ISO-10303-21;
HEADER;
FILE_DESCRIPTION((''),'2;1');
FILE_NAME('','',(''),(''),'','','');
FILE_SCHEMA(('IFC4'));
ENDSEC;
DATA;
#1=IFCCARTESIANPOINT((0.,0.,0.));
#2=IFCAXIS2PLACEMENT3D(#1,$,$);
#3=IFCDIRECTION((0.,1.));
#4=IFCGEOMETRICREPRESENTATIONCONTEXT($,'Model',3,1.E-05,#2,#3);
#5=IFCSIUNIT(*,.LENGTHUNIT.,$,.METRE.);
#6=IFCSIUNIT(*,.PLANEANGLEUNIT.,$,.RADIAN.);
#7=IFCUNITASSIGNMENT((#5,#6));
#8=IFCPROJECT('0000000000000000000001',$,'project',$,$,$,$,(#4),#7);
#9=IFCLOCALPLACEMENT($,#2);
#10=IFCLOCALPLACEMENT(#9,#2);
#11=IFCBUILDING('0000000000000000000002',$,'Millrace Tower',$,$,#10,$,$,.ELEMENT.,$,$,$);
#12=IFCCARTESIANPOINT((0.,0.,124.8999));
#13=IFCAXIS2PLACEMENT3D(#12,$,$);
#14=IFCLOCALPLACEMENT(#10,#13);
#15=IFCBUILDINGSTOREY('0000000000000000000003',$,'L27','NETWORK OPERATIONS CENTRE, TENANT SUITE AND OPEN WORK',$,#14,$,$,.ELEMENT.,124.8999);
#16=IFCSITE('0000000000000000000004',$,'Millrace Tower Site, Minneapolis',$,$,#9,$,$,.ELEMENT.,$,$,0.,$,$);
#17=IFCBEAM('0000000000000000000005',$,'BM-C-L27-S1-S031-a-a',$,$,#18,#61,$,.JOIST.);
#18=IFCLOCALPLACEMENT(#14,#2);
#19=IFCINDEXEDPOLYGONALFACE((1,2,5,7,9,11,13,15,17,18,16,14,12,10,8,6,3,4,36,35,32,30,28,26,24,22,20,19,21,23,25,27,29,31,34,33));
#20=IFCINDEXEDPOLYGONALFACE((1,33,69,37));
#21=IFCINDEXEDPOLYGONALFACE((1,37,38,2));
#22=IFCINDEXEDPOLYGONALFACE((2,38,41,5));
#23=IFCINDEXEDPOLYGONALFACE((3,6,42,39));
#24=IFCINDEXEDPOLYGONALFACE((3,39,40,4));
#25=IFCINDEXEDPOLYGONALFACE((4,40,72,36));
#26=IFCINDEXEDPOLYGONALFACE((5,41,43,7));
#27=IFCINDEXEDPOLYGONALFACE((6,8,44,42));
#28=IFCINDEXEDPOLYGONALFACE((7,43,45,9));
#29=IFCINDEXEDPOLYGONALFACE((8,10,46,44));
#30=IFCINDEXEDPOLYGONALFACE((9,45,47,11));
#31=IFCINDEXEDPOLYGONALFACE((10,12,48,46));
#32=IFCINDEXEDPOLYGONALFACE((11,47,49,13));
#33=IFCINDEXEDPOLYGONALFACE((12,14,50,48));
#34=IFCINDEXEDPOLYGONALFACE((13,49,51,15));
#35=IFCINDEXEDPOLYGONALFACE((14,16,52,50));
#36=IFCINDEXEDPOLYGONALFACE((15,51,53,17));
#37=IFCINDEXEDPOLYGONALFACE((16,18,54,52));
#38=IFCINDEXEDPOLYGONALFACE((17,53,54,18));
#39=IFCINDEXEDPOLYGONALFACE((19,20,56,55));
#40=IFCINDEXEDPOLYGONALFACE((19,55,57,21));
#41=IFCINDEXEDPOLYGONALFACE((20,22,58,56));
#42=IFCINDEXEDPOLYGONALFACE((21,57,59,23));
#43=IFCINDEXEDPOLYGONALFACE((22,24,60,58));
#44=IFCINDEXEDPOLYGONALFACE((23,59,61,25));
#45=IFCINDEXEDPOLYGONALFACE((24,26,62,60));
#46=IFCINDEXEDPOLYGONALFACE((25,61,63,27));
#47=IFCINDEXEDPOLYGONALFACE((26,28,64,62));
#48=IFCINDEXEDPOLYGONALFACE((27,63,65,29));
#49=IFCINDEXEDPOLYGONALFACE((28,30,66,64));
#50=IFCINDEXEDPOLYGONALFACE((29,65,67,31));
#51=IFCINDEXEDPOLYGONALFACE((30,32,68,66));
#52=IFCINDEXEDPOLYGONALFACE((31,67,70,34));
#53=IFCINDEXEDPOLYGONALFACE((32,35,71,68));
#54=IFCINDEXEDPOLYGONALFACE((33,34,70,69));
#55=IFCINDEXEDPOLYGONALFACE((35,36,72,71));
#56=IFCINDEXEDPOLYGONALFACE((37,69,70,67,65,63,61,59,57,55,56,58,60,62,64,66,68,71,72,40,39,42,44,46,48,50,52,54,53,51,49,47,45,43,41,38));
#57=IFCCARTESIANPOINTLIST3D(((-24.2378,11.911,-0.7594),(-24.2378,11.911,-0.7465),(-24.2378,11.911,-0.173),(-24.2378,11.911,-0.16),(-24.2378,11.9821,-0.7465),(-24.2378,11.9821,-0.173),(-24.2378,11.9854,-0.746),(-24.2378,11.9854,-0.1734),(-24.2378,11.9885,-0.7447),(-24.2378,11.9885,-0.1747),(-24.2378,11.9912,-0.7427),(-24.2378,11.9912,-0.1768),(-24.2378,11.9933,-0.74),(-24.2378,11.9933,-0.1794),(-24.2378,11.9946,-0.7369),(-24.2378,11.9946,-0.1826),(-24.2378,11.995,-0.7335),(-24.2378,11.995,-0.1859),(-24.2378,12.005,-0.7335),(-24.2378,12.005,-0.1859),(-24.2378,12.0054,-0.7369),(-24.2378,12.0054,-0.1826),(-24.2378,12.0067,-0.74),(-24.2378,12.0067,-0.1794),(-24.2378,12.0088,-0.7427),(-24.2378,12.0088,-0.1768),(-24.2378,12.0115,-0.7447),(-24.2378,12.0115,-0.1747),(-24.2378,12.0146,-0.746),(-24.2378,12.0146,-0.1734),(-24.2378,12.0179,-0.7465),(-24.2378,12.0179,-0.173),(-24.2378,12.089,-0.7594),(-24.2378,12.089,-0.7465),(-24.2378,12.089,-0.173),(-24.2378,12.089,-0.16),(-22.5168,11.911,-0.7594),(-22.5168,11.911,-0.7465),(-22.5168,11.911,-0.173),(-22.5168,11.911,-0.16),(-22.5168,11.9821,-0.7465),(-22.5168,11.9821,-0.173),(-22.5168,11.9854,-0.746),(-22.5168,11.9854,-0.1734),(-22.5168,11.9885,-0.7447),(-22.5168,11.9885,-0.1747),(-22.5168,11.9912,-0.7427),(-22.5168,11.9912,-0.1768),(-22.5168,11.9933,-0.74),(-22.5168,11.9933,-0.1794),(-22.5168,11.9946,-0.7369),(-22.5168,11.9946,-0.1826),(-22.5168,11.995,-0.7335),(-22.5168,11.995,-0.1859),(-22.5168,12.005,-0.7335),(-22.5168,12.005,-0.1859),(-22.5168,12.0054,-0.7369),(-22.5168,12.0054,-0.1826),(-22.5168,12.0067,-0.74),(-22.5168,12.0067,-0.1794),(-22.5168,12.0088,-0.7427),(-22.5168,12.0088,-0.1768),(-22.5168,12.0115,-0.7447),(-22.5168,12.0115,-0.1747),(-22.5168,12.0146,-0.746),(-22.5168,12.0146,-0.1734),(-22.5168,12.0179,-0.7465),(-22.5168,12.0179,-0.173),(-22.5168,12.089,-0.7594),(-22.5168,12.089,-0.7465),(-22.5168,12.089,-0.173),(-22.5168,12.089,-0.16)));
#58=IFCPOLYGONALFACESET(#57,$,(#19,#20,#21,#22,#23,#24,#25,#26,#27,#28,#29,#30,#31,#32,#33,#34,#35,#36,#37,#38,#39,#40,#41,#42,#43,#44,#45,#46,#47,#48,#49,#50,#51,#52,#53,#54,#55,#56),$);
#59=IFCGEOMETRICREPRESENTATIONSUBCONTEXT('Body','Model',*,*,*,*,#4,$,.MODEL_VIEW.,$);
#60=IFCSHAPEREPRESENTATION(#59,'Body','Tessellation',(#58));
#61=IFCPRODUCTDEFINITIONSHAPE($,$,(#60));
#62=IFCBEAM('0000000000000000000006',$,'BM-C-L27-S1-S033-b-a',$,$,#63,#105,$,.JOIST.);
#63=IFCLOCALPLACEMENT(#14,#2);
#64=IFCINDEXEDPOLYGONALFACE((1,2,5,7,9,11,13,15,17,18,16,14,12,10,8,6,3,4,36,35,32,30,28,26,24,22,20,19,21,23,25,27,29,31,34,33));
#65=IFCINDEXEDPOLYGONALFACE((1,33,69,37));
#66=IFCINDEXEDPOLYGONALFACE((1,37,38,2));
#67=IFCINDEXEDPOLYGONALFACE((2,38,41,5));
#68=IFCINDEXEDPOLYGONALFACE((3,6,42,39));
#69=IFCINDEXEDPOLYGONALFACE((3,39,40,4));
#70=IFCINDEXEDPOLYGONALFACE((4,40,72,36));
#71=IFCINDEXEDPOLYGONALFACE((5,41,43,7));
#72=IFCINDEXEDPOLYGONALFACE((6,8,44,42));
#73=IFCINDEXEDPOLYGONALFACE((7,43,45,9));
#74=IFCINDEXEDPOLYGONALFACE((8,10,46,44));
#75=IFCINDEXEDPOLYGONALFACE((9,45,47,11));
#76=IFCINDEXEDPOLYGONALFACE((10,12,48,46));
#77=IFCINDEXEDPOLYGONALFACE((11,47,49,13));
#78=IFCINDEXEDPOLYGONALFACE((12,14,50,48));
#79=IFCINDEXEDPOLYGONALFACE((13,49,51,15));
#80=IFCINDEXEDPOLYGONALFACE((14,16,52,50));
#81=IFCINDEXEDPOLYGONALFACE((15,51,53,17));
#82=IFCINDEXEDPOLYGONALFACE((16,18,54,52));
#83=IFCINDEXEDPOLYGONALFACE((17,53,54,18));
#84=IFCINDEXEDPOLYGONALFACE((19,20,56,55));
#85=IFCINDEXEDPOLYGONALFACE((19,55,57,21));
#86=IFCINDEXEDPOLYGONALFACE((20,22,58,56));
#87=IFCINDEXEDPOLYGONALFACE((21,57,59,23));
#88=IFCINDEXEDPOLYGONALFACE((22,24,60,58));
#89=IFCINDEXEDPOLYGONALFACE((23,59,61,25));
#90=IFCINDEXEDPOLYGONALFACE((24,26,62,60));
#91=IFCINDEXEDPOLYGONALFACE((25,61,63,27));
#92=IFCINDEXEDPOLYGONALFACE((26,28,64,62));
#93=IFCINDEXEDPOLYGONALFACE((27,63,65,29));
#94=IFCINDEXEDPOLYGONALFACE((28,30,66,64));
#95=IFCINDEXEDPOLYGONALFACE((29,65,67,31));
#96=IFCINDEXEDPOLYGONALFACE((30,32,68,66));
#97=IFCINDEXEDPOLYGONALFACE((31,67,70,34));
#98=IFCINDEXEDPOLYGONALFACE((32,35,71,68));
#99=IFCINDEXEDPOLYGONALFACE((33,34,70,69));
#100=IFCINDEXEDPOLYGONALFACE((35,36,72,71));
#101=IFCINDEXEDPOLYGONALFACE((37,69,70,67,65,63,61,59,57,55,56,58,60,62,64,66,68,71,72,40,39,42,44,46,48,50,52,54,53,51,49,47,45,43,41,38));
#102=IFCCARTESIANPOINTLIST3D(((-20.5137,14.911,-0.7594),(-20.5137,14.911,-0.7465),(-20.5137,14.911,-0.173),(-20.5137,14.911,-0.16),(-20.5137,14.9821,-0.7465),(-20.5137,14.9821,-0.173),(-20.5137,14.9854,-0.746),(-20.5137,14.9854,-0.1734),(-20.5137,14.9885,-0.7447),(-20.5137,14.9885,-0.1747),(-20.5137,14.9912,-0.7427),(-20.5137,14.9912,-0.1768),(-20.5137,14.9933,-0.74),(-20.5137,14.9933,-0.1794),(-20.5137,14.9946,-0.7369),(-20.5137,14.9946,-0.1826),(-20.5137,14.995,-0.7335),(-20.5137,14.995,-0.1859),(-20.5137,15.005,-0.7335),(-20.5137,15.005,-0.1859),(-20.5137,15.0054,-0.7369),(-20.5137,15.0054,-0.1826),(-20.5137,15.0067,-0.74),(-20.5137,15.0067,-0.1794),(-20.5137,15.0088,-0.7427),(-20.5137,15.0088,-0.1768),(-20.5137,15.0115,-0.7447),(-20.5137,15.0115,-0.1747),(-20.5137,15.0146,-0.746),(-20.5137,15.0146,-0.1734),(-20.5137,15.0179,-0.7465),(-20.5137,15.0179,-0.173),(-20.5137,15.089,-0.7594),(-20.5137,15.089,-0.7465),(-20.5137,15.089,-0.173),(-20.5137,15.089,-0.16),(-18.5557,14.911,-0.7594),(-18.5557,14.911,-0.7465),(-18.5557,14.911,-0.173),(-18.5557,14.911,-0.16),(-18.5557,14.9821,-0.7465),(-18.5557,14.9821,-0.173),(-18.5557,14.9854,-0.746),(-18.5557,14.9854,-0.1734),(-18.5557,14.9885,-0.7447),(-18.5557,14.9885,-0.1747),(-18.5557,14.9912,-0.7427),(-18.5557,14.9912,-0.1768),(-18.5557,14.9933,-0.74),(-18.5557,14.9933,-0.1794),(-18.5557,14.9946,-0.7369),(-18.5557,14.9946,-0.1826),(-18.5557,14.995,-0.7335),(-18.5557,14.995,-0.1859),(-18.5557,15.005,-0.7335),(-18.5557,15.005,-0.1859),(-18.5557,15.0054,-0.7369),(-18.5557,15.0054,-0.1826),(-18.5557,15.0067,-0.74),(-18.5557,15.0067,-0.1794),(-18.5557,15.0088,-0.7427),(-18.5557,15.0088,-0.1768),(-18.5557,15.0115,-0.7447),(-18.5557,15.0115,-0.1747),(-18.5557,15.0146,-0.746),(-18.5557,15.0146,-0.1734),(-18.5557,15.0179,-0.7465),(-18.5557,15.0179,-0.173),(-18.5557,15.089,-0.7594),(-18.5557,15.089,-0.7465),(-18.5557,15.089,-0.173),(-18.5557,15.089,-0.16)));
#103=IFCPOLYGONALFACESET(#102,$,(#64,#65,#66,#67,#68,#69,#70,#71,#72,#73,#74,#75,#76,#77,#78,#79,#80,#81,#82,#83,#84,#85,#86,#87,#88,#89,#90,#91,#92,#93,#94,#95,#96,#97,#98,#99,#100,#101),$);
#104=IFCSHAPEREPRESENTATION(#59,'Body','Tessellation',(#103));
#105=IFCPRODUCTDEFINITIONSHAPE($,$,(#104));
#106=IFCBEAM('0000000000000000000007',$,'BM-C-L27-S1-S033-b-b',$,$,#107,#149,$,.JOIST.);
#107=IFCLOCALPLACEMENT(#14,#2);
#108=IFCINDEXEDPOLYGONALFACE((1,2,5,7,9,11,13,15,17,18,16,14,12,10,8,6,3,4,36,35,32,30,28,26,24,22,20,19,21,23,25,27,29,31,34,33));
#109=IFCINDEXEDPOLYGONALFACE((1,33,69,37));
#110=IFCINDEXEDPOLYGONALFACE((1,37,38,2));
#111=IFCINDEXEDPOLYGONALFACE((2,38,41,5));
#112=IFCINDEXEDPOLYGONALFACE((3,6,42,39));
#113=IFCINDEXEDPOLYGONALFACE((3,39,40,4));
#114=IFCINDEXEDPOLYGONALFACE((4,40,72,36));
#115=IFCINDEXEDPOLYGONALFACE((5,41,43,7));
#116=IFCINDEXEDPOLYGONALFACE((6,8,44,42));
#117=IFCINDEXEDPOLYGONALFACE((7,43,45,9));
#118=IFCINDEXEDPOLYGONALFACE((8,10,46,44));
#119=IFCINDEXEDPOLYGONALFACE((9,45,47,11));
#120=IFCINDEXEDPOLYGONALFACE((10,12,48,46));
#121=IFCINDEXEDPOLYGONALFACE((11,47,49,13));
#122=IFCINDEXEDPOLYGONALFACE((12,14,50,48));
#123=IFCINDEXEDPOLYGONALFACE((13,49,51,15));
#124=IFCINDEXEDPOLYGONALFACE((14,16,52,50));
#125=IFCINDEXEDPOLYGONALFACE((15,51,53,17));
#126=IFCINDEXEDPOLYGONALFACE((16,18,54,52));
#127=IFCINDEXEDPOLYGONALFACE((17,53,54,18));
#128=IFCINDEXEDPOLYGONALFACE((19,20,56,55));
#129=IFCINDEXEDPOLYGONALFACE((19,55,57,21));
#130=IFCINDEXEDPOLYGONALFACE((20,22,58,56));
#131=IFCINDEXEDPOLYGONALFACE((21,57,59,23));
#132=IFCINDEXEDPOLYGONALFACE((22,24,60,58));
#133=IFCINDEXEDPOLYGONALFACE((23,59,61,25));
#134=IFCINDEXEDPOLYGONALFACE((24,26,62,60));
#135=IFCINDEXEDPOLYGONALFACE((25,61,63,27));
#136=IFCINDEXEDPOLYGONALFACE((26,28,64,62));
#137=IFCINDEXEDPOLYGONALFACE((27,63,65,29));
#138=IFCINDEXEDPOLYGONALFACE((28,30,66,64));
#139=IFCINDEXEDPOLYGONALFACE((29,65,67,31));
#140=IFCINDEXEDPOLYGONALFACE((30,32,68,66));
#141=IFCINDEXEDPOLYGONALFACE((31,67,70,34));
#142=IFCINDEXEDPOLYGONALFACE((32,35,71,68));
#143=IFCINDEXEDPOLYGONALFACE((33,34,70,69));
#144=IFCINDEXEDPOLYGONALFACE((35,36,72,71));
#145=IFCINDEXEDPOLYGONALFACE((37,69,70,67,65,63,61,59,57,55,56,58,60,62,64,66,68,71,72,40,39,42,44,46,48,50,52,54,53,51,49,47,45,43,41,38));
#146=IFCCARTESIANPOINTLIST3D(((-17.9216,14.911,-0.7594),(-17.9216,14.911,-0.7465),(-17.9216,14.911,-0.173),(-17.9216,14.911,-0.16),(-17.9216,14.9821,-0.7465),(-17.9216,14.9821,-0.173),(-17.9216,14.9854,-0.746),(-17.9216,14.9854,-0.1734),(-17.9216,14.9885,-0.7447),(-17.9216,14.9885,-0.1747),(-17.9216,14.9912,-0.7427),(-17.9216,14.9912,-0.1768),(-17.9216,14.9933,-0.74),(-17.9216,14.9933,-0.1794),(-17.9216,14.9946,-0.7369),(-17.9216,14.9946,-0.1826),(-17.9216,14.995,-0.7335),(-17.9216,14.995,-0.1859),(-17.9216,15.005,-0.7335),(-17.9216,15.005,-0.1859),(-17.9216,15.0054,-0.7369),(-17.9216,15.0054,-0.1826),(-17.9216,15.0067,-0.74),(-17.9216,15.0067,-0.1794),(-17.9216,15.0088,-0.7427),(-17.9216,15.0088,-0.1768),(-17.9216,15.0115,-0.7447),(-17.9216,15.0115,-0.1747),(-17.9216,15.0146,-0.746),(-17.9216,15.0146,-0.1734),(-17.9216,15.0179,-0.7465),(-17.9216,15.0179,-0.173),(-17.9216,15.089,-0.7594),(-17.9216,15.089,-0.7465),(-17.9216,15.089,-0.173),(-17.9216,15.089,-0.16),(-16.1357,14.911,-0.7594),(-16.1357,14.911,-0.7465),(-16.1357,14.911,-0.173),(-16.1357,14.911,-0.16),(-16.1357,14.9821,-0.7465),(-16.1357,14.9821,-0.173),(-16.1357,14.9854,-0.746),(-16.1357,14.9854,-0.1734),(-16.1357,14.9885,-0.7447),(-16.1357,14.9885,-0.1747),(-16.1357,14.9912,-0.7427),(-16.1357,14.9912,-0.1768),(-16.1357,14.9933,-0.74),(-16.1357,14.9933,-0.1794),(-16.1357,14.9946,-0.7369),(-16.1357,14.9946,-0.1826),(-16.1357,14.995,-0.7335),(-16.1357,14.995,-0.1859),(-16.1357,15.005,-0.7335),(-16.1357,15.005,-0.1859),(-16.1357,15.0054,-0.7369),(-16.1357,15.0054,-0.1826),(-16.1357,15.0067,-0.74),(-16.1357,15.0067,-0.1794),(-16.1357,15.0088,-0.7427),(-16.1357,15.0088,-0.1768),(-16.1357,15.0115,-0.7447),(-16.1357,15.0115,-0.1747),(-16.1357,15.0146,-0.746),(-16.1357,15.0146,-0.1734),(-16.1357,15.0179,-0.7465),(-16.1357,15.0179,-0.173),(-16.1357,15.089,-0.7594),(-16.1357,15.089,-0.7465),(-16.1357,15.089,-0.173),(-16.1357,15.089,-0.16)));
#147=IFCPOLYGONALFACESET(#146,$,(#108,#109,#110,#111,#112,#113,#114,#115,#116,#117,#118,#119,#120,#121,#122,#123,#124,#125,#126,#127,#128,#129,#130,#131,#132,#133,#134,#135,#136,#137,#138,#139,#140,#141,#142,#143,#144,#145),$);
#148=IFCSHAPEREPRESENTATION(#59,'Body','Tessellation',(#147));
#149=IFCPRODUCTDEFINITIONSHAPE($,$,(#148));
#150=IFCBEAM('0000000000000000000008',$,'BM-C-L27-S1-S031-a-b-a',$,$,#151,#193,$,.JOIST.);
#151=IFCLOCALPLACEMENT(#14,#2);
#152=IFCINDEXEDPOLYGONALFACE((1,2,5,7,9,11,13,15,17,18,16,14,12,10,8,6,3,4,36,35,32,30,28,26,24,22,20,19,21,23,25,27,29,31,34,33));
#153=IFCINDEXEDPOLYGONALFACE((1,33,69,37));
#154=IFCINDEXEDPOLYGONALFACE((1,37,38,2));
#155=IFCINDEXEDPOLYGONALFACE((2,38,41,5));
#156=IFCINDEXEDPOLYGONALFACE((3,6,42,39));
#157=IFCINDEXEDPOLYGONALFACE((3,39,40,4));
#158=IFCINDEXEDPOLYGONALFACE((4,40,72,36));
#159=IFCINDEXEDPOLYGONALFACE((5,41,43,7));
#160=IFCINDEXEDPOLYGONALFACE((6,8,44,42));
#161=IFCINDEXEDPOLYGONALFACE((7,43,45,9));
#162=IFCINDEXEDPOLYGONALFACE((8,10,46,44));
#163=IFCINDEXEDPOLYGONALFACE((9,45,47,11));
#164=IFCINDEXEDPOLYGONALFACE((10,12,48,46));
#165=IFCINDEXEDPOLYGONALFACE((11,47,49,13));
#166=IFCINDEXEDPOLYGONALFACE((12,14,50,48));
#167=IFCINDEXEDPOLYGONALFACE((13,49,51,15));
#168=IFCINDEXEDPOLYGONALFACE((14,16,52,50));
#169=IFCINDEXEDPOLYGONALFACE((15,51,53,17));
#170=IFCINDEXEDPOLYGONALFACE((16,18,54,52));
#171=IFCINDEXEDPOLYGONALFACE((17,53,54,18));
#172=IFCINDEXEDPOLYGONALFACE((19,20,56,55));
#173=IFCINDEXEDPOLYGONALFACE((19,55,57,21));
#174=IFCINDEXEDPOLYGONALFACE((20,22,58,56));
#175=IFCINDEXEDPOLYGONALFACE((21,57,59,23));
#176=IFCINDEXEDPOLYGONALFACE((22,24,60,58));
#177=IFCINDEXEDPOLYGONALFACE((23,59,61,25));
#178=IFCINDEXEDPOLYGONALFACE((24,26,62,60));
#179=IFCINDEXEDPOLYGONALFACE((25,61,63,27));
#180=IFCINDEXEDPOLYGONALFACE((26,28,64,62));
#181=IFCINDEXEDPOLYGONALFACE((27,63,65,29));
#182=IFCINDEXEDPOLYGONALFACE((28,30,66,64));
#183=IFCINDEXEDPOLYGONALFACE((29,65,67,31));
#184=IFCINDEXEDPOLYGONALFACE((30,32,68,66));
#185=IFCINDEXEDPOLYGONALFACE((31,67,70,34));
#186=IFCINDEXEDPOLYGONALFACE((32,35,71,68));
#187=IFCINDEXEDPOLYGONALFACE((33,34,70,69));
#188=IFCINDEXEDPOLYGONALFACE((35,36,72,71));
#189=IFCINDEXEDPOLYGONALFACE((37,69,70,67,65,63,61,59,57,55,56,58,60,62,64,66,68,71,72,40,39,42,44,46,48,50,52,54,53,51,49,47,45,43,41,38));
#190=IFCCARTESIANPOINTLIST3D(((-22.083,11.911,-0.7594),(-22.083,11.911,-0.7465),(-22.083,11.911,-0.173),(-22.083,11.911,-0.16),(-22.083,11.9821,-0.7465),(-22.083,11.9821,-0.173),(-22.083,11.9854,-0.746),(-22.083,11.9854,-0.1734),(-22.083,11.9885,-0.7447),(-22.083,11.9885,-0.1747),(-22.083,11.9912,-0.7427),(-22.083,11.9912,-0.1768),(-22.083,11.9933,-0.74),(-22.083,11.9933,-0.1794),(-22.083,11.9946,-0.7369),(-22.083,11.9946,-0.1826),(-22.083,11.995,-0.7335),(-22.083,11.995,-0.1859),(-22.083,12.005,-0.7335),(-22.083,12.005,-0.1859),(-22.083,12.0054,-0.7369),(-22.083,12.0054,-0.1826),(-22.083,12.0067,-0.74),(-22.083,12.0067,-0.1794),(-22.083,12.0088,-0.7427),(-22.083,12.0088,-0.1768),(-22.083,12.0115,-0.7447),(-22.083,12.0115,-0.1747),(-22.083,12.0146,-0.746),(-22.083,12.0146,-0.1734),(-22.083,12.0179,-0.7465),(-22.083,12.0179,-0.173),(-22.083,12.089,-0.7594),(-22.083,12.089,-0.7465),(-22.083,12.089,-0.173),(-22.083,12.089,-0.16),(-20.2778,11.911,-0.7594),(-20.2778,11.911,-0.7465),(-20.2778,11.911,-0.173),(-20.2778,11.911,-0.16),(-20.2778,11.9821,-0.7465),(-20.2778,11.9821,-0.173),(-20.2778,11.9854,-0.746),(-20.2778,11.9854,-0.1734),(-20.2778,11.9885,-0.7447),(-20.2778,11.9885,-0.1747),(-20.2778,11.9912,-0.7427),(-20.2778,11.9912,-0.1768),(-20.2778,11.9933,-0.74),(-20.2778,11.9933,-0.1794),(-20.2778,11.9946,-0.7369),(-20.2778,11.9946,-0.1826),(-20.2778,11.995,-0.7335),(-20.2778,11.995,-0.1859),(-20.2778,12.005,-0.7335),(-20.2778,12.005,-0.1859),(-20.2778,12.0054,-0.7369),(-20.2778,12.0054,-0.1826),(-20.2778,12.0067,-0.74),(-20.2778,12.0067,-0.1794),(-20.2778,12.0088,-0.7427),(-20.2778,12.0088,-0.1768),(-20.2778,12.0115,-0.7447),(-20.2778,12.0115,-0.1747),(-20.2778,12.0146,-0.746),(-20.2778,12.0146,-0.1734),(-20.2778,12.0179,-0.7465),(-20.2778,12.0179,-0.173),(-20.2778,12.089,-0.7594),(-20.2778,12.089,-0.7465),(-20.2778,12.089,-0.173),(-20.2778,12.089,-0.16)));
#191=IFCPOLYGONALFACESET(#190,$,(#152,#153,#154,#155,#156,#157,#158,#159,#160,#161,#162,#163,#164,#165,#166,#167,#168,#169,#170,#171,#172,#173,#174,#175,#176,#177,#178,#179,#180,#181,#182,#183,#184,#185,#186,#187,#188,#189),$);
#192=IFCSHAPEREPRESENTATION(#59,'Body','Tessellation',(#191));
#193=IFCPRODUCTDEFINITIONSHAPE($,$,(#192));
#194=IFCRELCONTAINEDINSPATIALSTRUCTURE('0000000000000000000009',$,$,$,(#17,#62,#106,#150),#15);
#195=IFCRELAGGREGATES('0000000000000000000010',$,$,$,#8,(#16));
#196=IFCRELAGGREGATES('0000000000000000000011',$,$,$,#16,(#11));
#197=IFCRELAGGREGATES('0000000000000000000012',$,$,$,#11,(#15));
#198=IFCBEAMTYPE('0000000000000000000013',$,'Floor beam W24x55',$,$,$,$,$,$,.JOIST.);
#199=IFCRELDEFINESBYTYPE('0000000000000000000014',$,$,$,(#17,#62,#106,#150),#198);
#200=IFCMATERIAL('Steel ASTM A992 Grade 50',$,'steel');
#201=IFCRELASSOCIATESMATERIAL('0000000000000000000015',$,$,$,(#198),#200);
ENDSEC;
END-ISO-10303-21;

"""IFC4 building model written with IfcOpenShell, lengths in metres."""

from ifc_helpers import new_model, si_unit, direction, frame, origin, origin_2d, place, context, subcontext, project, spatial, i_section, extrude, material, material_profile, profile_set, type_object, element, save


model = new_model("IFC4")

# Units and contexts
model_context = context("Model", 3, precision=1e-05, world=origin(), true_north=direction((0.0, 1.0)))
body_context = subcontext(model_context, "Body", "Model", "MODEL_VIEW")
ifc_project = project(units=[si_unit("LENGTHUNIT", "METRE"), si_unit("PLANEANGLEUNIT", "RADIAN")], contexts=[model_context])

# Site, building, storey
site_placement = place(None, origin())
site = spatial("IfcSite", under=ifc_project, at=site_placement, Name="Millrace Tower Site, Minneapolis", CompositionType="ELEMENT", RefElevation=0.0)
building_placement = place(site_placement, origin())
building = spatial("IfcBuilding", under=site, at=building_placement, Name="Millrace Tower", CompositionType="ELEMENT")
storey_placement = place(building_placement, frame((0.0, 0.0, 124.8999)))
storey = spatial("IfcBuildingStorey", under=building, at=storey_placement, Name="L27", Description="NETWORK OPERATIONS CENTRE, TENANT SUITE AND OPEN WORK", CompositionType="ELEMENT", Elevation=124.8999)

# Beams
ifc_material_1 = material(Name="Steel ASTM A992 Grade 50", Category="steel")
ifc_material_profile_1 = material_profile(ifc_material_1, i_section(OverallWidth=0.178, OverallDepth=0.5994, WebThickness=0.01, FlangeThickness=0.0129, FilletRadius=0.0129, at=origin_2d()))
ifc_profile_set_1 = profile_set([ifc_material_profile_1], Name="Steel ASTM A992 Grade 50")
beam_type_1 = type_object("IfcBeamType", Name="Floor beam W24x55", PredefinedType="JOIST", material=ifc_profile_set_1)
beam_1_placement = place(storey_placement, frame((-24.2378, 12.0, -0.4597), z_axis=(1.0, 0.0, 0.0), x_axis=(0.0, 1.0, 0.0)))
element("IfcBeam", 1, at=beam_1_placement, inside=storey, type_object=beam_type_1, Name="BM-C-L27-S1-S031-a-a", PredefinedType="JOIST", context=body_context, shape_type="SweptSolid", body=[
    extrude(i_section(OverallWidth=0.178, OverallDepth=0.5994, WebThickness=0.01, FlangeThickness=0.0129, FilletRadius=0.0129, at=origin_2d()), origin(), (0.0, 0.0, 1.0), 1.7209),
])
beam_2_placement = place(storey_placement, frame((-20.5137, 15.0, -0.4597), z_axis=(1.0, 0.0, 0.0), x_axis=(0.0, 1.0, 0.0)))
element("IfcBeam", 2, at=beam_2_placement, inside=storey, type_object=beam_type_1, Name="BM-C-L27-S1-S033-b-a", PredefinedType="JOIST", context=body_context, shape_type="SweptSolid", body=[
    extrude(i_section(OverallWidth=0.178, OverallDepth=0.5994, WebThickness=0.01, FlangeThickness=0.0129, FilletRadius=0.0129, at=origin_2d()), origin(), (0.0, 0.0, 1.0), 1.958),
])
beam_3_placement = place(storey_placement, frame((-17.9216, 15.0, -0.4597), z_axis=(1.0, 0.0, 0.0), x_axis=(0.0, 1.0, 0.0)))
element("IfcBeam", 3, at=beam_3_placement, inside=storey, type_object=beam_type_1, Name="BM-C-L27-S1-S033-b-b", PredefinedType="JOIST", context=body_context, shape_type="SweptSolid", body=[
    extrude(i_section(OverallWidth=0.178, OverallDepth=0.5994, WebThickness=0.01, FlangeThickness=0.0129, FilletRadius=0.0129, at=origin_2d()), origin(), (0.0, 0.0, 1.0), 1.7859),
])
beam_4_placement = place(storey_placement, frame((-22.083, 12.0, -0.4597), z_axis=(1.0, 0.0, 0.0), x_axis=(0.0, 1.0, 0.0)))
element("IfcBeam", 4, at=beam_4_placement, inside=storey, type_object=beam_type_1, Name="BM-C-L27-S1-S031-a-b-a", PredefinedType="JOIST", context=body_context, shape_type="SweptSolid", body=[
    extrude(i_section(OverallWidth=0.178, OverallDepth=0.5994, WebThickness=0.01, FlangeThickness=0.0129, FilletRadius=0.0129, at=origin_2d()), origin(), (0.0, 0.0, 1.0), 1.8052),
])

save(model, "model.ifc")
